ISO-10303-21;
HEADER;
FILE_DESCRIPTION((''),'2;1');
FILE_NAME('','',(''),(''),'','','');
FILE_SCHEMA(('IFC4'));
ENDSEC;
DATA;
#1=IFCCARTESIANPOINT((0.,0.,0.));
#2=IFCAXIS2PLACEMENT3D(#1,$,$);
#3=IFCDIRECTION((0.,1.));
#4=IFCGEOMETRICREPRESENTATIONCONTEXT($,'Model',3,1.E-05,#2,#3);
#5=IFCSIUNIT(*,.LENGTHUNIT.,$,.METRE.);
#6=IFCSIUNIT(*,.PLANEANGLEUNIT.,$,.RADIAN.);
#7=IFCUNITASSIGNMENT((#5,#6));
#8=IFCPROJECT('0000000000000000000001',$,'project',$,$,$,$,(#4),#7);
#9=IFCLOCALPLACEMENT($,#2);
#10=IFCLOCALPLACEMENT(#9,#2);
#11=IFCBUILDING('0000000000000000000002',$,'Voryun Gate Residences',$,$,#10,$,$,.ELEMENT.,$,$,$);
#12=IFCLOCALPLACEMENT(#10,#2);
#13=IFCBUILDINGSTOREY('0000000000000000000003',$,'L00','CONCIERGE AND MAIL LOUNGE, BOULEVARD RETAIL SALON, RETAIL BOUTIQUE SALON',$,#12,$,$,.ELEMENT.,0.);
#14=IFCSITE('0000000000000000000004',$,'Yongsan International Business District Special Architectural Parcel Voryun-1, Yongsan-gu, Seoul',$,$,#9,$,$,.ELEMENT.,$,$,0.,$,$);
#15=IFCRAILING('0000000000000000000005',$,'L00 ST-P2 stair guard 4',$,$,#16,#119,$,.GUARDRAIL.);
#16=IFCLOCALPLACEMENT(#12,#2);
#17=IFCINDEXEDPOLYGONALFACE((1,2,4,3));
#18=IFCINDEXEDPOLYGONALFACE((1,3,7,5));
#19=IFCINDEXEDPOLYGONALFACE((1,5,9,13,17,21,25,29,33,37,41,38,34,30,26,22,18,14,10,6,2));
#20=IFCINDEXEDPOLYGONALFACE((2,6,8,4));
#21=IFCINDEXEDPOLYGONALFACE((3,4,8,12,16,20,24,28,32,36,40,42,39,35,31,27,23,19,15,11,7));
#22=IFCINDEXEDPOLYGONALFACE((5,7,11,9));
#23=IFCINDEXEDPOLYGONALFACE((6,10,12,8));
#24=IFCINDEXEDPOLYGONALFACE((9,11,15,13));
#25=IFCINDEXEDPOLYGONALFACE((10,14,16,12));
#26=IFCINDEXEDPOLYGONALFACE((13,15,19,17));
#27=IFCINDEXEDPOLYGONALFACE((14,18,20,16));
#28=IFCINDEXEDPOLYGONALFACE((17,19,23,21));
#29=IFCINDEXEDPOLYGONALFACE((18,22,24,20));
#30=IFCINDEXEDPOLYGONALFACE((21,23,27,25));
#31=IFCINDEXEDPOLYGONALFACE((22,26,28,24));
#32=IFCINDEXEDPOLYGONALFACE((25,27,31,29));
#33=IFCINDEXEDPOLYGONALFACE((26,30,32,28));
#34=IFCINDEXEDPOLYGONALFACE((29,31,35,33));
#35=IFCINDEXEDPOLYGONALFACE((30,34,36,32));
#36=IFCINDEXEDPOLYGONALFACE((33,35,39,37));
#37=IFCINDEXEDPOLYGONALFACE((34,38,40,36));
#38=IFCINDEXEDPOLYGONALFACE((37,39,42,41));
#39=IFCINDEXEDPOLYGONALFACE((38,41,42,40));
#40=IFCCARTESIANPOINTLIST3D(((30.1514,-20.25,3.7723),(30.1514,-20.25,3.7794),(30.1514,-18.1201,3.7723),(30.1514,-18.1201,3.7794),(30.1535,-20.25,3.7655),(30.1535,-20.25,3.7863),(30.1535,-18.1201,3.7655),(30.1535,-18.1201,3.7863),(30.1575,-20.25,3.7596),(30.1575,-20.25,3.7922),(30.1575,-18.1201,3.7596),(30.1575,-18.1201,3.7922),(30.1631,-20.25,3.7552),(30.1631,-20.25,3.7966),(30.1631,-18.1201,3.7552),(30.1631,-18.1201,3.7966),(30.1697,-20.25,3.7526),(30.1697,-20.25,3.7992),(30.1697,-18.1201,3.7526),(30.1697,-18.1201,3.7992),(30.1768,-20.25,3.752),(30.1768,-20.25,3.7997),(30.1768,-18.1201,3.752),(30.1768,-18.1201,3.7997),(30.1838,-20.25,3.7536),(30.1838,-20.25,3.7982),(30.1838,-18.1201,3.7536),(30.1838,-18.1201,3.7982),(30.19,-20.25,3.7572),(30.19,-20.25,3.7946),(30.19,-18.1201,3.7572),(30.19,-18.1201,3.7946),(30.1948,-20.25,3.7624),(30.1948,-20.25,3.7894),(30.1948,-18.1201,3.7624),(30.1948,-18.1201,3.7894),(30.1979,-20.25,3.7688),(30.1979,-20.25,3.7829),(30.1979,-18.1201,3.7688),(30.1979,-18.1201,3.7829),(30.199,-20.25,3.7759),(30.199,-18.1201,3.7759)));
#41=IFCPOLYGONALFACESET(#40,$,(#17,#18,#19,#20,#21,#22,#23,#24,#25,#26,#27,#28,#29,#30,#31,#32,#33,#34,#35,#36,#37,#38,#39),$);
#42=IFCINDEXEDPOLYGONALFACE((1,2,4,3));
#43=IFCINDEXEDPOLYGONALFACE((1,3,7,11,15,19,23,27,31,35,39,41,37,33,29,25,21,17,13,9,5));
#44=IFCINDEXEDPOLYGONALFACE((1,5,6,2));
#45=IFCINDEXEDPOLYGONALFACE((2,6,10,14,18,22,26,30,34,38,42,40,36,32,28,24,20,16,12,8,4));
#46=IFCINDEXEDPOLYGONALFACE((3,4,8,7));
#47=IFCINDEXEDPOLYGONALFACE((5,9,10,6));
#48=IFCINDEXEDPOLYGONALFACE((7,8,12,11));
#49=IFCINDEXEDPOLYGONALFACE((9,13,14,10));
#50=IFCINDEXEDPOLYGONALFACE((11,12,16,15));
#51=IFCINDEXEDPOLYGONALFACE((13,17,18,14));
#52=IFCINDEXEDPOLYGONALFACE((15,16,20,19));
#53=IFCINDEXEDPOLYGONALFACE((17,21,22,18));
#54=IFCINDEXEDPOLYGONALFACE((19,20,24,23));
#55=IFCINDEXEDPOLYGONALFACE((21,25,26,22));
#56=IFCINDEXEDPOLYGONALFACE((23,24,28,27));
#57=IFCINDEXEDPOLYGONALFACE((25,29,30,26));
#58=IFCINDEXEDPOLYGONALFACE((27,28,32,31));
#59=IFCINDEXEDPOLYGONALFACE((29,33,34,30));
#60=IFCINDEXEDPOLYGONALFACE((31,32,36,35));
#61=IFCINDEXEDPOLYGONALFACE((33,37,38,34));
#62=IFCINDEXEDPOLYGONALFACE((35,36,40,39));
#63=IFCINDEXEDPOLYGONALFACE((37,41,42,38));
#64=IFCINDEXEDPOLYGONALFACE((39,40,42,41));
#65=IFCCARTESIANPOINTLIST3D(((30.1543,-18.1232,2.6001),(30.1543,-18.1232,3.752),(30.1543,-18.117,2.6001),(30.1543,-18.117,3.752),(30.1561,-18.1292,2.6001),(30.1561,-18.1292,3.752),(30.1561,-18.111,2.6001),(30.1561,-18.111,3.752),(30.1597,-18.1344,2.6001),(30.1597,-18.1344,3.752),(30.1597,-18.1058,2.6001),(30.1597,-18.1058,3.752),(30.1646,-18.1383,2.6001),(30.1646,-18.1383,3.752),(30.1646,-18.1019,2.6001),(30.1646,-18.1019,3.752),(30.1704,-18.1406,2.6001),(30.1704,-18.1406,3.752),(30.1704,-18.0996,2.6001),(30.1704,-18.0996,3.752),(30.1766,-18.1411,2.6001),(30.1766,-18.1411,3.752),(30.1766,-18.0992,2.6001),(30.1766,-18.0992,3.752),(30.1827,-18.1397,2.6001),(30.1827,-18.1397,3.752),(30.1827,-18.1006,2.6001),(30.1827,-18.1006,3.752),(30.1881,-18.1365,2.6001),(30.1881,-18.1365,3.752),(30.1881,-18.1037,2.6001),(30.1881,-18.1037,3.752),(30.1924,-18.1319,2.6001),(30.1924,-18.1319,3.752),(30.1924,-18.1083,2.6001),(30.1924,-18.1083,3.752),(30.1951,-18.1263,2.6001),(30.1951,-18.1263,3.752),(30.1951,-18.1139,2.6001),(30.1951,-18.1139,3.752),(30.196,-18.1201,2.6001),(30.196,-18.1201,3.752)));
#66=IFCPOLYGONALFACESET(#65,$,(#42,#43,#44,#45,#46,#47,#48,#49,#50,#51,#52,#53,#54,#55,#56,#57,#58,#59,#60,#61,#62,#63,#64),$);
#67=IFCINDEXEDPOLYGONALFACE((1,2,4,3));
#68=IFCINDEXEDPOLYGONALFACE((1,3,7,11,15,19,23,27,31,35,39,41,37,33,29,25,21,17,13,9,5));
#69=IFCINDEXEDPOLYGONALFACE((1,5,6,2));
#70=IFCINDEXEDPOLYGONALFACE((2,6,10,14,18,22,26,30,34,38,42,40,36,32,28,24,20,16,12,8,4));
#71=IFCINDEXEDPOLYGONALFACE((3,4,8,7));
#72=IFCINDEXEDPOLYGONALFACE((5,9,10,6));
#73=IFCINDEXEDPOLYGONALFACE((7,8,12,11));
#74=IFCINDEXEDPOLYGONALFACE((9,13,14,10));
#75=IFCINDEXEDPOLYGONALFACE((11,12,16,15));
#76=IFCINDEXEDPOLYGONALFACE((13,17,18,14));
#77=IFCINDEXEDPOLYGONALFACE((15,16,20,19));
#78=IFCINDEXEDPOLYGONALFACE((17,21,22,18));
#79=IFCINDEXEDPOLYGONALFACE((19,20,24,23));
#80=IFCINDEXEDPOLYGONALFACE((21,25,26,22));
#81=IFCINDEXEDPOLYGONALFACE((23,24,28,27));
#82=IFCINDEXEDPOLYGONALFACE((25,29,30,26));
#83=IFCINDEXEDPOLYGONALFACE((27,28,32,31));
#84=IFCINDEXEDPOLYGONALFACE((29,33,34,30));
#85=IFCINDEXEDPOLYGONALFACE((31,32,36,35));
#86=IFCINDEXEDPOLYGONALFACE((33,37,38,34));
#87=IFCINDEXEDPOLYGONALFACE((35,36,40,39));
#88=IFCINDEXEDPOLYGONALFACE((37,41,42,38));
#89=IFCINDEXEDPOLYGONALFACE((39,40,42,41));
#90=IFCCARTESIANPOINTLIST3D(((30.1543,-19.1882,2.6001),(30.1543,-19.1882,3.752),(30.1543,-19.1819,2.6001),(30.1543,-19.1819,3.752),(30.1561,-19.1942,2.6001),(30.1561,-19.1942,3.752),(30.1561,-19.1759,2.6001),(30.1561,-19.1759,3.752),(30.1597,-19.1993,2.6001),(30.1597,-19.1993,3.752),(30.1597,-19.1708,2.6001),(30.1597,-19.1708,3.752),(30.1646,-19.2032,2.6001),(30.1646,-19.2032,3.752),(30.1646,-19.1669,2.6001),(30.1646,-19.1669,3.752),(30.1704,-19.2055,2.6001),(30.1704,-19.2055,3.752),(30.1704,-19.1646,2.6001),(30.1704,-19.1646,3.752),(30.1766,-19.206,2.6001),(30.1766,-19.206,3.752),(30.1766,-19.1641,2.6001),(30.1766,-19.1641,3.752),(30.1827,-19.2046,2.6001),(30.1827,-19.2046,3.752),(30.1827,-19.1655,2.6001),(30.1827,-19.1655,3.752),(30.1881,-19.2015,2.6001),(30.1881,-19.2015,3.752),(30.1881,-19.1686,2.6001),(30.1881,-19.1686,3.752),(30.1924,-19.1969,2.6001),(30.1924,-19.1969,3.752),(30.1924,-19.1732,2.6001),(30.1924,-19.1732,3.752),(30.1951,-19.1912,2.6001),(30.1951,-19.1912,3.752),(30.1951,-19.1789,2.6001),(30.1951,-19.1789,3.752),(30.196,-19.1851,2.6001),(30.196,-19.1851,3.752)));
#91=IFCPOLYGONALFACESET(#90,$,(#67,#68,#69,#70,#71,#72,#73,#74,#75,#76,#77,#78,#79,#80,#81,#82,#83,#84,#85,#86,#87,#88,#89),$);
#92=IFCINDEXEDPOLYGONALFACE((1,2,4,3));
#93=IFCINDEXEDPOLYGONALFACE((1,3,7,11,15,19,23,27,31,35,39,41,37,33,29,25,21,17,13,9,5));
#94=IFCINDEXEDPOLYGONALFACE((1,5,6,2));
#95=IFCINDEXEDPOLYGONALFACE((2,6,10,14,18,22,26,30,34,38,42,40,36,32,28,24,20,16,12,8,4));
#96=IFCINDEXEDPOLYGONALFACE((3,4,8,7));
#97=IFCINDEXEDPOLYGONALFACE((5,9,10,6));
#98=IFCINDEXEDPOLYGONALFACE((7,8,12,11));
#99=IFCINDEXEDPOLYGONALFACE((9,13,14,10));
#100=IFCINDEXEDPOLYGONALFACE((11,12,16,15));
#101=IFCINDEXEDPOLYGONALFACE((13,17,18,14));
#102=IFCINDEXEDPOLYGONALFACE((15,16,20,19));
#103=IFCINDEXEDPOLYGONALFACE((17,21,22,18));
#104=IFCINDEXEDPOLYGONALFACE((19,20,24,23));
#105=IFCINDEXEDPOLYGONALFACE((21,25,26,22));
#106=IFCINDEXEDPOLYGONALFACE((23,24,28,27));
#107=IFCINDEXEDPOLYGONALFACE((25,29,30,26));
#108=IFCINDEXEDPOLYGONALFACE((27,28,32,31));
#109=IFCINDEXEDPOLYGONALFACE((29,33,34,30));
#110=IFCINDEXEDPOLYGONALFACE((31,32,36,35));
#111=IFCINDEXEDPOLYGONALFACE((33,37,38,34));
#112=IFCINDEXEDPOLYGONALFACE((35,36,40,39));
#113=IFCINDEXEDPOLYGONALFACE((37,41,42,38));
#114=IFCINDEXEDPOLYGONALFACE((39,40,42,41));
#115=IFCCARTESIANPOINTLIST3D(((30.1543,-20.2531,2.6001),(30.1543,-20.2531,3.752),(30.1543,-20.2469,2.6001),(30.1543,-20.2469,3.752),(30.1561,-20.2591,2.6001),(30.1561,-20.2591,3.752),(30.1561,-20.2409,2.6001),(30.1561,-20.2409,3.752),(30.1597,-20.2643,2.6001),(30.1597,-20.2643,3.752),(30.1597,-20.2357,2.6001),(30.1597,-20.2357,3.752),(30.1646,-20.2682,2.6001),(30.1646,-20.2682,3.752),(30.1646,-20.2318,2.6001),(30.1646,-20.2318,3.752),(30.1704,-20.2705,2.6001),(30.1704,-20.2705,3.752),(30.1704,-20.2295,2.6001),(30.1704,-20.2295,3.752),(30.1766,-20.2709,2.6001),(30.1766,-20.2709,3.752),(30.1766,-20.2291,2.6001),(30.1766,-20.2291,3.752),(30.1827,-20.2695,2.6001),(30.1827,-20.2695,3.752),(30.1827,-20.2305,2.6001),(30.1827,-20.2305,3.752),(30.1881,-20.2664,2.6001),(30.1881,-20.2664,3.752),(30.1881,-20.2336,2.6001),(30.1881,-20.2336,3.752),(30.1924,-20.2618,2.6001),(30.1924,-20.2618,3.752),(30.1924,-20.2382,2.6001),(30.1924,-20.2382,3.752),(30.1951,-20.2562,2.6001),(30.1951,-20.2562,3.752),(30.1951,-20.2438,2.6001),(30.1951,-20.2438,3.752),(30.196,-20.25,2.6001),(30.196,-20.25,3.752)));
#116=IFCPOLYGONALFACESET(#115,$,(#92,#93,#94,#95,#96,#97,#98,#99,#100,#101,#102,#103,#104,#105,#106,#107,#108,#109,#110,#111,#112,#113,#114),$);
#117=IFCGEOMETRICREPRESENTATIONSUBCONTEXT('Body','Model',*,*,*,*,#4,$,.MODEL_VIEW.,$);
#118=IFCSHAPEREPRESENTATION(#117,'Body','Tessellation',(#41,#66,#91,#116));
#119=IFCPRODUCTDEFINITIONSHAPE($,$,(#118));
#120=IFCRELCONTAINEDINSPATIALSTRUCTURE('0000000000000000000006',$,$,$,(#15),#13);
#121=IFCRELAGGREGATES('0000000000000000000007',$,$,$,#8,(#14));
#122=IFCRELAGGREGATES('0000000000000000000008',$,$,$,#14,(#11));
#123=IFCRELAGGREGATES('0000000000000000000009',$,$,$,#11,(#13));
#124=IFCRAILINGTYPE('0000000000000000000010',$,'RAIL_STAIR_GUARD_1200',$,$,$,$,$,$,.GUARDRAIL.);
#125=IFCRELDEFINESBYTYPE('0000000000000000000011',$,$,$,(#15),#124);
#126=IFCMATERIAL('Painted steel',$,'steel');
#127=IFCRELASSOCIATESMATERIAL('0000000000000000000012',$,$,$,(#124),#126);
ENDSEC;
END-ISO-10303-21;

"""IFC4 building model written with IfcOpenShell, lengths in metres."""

from ifc_helpers import new_model, si_unit, direction, frame, origin, origin_2d, place, context, subcontext, project, spatial, circle, extrude, material, type_object, element, save


model = new_model("IFC4")

# Units and contexts
model_context = context("Model", 3, precision=1e-05, world=origin(), true_north=direction((0.0, 1.0)))
body_context = subcontext(model_context, "Body", "Model", "MODEL_VIEW")
ifc_project = project(units=[si_unit("LENGTHUNIT", "METRE"), si_unit("PLANEANGLEUNIT", "RADIAN")], contexts=[model_context])

# Site, building, storey
site_placement = place(None, origin())
site = spatial("IfcSite", under=ifc_project, at=site_placement, Name="Yongsan International Business District Special Architectural Parcel Voryun-1, Yongsan-gu, Seoul", CompositionType="ELEMENT", RefElevation=0.0)
building_placement = place(site_placement, origin())
building = spatial("IfcBuilding", under=site, at=building_placement, Name="Voryun Gate Residences", CompositionType="ELEMENT")
storey_placement = place(building_placement, origin())
storey = spatial("IfcBuildingStorey", under=building, at=storey_placement, Name="L00", Description="CONCIERGE AND MAIL LOUNGE, BOULEVARD RETAIL SALON, RETAIL BOUTIQUE SALON", CompositionType="ELEMENT", Elevation=0.0)

# Railing
ifc_material_1 = material(Name="Painted steel", Category="steel")
railing_type_1 = type_object("IfcRailingType", Name="RAIL_STAIR_GUARD_1200", PredefinedType="GUARDRAIL", material=ifc_material_1)
railing_1_placement = place(storey_placement, frame((30.175, -18.1201, 2.6001)))
element("IfcRailing", 1, at=railing_1_placement, inside=storey, type_object=railing_type_1, Name="L00 ST-P2 stair guard 4", PredefinedType="GUARDRAIL", context=body_context, shape_type="SweptSolid", body=[
    extrude(circle(Radius=0.0239, at=origin_2d()), frame((0.0, 0.0, 1.1758), z_axis=(0.0, -1.0, 0.0), x_axis=(1.0, 0.0, 0.0)), (0.0, 0.0, 1.0), 2.1299),
    extrude(circle(Radius=0.021, at=origin_2d()), origin(), (0.0, 0.0, 1.0), 1.1519),
    extrude(circle(Radius=0.021, at=origin_2d()), frame((0.0, -1.0649, 0.0)), (0.0, 0.0, 1.0), 1.1519),
    extrude(circle(Radius=0.021, at=origin_2d()), frame((0.0, -2.1299, 0.0)), (0.0, 0.0, 1.0), 1.1519),
])

save(model, "model.ifc")
